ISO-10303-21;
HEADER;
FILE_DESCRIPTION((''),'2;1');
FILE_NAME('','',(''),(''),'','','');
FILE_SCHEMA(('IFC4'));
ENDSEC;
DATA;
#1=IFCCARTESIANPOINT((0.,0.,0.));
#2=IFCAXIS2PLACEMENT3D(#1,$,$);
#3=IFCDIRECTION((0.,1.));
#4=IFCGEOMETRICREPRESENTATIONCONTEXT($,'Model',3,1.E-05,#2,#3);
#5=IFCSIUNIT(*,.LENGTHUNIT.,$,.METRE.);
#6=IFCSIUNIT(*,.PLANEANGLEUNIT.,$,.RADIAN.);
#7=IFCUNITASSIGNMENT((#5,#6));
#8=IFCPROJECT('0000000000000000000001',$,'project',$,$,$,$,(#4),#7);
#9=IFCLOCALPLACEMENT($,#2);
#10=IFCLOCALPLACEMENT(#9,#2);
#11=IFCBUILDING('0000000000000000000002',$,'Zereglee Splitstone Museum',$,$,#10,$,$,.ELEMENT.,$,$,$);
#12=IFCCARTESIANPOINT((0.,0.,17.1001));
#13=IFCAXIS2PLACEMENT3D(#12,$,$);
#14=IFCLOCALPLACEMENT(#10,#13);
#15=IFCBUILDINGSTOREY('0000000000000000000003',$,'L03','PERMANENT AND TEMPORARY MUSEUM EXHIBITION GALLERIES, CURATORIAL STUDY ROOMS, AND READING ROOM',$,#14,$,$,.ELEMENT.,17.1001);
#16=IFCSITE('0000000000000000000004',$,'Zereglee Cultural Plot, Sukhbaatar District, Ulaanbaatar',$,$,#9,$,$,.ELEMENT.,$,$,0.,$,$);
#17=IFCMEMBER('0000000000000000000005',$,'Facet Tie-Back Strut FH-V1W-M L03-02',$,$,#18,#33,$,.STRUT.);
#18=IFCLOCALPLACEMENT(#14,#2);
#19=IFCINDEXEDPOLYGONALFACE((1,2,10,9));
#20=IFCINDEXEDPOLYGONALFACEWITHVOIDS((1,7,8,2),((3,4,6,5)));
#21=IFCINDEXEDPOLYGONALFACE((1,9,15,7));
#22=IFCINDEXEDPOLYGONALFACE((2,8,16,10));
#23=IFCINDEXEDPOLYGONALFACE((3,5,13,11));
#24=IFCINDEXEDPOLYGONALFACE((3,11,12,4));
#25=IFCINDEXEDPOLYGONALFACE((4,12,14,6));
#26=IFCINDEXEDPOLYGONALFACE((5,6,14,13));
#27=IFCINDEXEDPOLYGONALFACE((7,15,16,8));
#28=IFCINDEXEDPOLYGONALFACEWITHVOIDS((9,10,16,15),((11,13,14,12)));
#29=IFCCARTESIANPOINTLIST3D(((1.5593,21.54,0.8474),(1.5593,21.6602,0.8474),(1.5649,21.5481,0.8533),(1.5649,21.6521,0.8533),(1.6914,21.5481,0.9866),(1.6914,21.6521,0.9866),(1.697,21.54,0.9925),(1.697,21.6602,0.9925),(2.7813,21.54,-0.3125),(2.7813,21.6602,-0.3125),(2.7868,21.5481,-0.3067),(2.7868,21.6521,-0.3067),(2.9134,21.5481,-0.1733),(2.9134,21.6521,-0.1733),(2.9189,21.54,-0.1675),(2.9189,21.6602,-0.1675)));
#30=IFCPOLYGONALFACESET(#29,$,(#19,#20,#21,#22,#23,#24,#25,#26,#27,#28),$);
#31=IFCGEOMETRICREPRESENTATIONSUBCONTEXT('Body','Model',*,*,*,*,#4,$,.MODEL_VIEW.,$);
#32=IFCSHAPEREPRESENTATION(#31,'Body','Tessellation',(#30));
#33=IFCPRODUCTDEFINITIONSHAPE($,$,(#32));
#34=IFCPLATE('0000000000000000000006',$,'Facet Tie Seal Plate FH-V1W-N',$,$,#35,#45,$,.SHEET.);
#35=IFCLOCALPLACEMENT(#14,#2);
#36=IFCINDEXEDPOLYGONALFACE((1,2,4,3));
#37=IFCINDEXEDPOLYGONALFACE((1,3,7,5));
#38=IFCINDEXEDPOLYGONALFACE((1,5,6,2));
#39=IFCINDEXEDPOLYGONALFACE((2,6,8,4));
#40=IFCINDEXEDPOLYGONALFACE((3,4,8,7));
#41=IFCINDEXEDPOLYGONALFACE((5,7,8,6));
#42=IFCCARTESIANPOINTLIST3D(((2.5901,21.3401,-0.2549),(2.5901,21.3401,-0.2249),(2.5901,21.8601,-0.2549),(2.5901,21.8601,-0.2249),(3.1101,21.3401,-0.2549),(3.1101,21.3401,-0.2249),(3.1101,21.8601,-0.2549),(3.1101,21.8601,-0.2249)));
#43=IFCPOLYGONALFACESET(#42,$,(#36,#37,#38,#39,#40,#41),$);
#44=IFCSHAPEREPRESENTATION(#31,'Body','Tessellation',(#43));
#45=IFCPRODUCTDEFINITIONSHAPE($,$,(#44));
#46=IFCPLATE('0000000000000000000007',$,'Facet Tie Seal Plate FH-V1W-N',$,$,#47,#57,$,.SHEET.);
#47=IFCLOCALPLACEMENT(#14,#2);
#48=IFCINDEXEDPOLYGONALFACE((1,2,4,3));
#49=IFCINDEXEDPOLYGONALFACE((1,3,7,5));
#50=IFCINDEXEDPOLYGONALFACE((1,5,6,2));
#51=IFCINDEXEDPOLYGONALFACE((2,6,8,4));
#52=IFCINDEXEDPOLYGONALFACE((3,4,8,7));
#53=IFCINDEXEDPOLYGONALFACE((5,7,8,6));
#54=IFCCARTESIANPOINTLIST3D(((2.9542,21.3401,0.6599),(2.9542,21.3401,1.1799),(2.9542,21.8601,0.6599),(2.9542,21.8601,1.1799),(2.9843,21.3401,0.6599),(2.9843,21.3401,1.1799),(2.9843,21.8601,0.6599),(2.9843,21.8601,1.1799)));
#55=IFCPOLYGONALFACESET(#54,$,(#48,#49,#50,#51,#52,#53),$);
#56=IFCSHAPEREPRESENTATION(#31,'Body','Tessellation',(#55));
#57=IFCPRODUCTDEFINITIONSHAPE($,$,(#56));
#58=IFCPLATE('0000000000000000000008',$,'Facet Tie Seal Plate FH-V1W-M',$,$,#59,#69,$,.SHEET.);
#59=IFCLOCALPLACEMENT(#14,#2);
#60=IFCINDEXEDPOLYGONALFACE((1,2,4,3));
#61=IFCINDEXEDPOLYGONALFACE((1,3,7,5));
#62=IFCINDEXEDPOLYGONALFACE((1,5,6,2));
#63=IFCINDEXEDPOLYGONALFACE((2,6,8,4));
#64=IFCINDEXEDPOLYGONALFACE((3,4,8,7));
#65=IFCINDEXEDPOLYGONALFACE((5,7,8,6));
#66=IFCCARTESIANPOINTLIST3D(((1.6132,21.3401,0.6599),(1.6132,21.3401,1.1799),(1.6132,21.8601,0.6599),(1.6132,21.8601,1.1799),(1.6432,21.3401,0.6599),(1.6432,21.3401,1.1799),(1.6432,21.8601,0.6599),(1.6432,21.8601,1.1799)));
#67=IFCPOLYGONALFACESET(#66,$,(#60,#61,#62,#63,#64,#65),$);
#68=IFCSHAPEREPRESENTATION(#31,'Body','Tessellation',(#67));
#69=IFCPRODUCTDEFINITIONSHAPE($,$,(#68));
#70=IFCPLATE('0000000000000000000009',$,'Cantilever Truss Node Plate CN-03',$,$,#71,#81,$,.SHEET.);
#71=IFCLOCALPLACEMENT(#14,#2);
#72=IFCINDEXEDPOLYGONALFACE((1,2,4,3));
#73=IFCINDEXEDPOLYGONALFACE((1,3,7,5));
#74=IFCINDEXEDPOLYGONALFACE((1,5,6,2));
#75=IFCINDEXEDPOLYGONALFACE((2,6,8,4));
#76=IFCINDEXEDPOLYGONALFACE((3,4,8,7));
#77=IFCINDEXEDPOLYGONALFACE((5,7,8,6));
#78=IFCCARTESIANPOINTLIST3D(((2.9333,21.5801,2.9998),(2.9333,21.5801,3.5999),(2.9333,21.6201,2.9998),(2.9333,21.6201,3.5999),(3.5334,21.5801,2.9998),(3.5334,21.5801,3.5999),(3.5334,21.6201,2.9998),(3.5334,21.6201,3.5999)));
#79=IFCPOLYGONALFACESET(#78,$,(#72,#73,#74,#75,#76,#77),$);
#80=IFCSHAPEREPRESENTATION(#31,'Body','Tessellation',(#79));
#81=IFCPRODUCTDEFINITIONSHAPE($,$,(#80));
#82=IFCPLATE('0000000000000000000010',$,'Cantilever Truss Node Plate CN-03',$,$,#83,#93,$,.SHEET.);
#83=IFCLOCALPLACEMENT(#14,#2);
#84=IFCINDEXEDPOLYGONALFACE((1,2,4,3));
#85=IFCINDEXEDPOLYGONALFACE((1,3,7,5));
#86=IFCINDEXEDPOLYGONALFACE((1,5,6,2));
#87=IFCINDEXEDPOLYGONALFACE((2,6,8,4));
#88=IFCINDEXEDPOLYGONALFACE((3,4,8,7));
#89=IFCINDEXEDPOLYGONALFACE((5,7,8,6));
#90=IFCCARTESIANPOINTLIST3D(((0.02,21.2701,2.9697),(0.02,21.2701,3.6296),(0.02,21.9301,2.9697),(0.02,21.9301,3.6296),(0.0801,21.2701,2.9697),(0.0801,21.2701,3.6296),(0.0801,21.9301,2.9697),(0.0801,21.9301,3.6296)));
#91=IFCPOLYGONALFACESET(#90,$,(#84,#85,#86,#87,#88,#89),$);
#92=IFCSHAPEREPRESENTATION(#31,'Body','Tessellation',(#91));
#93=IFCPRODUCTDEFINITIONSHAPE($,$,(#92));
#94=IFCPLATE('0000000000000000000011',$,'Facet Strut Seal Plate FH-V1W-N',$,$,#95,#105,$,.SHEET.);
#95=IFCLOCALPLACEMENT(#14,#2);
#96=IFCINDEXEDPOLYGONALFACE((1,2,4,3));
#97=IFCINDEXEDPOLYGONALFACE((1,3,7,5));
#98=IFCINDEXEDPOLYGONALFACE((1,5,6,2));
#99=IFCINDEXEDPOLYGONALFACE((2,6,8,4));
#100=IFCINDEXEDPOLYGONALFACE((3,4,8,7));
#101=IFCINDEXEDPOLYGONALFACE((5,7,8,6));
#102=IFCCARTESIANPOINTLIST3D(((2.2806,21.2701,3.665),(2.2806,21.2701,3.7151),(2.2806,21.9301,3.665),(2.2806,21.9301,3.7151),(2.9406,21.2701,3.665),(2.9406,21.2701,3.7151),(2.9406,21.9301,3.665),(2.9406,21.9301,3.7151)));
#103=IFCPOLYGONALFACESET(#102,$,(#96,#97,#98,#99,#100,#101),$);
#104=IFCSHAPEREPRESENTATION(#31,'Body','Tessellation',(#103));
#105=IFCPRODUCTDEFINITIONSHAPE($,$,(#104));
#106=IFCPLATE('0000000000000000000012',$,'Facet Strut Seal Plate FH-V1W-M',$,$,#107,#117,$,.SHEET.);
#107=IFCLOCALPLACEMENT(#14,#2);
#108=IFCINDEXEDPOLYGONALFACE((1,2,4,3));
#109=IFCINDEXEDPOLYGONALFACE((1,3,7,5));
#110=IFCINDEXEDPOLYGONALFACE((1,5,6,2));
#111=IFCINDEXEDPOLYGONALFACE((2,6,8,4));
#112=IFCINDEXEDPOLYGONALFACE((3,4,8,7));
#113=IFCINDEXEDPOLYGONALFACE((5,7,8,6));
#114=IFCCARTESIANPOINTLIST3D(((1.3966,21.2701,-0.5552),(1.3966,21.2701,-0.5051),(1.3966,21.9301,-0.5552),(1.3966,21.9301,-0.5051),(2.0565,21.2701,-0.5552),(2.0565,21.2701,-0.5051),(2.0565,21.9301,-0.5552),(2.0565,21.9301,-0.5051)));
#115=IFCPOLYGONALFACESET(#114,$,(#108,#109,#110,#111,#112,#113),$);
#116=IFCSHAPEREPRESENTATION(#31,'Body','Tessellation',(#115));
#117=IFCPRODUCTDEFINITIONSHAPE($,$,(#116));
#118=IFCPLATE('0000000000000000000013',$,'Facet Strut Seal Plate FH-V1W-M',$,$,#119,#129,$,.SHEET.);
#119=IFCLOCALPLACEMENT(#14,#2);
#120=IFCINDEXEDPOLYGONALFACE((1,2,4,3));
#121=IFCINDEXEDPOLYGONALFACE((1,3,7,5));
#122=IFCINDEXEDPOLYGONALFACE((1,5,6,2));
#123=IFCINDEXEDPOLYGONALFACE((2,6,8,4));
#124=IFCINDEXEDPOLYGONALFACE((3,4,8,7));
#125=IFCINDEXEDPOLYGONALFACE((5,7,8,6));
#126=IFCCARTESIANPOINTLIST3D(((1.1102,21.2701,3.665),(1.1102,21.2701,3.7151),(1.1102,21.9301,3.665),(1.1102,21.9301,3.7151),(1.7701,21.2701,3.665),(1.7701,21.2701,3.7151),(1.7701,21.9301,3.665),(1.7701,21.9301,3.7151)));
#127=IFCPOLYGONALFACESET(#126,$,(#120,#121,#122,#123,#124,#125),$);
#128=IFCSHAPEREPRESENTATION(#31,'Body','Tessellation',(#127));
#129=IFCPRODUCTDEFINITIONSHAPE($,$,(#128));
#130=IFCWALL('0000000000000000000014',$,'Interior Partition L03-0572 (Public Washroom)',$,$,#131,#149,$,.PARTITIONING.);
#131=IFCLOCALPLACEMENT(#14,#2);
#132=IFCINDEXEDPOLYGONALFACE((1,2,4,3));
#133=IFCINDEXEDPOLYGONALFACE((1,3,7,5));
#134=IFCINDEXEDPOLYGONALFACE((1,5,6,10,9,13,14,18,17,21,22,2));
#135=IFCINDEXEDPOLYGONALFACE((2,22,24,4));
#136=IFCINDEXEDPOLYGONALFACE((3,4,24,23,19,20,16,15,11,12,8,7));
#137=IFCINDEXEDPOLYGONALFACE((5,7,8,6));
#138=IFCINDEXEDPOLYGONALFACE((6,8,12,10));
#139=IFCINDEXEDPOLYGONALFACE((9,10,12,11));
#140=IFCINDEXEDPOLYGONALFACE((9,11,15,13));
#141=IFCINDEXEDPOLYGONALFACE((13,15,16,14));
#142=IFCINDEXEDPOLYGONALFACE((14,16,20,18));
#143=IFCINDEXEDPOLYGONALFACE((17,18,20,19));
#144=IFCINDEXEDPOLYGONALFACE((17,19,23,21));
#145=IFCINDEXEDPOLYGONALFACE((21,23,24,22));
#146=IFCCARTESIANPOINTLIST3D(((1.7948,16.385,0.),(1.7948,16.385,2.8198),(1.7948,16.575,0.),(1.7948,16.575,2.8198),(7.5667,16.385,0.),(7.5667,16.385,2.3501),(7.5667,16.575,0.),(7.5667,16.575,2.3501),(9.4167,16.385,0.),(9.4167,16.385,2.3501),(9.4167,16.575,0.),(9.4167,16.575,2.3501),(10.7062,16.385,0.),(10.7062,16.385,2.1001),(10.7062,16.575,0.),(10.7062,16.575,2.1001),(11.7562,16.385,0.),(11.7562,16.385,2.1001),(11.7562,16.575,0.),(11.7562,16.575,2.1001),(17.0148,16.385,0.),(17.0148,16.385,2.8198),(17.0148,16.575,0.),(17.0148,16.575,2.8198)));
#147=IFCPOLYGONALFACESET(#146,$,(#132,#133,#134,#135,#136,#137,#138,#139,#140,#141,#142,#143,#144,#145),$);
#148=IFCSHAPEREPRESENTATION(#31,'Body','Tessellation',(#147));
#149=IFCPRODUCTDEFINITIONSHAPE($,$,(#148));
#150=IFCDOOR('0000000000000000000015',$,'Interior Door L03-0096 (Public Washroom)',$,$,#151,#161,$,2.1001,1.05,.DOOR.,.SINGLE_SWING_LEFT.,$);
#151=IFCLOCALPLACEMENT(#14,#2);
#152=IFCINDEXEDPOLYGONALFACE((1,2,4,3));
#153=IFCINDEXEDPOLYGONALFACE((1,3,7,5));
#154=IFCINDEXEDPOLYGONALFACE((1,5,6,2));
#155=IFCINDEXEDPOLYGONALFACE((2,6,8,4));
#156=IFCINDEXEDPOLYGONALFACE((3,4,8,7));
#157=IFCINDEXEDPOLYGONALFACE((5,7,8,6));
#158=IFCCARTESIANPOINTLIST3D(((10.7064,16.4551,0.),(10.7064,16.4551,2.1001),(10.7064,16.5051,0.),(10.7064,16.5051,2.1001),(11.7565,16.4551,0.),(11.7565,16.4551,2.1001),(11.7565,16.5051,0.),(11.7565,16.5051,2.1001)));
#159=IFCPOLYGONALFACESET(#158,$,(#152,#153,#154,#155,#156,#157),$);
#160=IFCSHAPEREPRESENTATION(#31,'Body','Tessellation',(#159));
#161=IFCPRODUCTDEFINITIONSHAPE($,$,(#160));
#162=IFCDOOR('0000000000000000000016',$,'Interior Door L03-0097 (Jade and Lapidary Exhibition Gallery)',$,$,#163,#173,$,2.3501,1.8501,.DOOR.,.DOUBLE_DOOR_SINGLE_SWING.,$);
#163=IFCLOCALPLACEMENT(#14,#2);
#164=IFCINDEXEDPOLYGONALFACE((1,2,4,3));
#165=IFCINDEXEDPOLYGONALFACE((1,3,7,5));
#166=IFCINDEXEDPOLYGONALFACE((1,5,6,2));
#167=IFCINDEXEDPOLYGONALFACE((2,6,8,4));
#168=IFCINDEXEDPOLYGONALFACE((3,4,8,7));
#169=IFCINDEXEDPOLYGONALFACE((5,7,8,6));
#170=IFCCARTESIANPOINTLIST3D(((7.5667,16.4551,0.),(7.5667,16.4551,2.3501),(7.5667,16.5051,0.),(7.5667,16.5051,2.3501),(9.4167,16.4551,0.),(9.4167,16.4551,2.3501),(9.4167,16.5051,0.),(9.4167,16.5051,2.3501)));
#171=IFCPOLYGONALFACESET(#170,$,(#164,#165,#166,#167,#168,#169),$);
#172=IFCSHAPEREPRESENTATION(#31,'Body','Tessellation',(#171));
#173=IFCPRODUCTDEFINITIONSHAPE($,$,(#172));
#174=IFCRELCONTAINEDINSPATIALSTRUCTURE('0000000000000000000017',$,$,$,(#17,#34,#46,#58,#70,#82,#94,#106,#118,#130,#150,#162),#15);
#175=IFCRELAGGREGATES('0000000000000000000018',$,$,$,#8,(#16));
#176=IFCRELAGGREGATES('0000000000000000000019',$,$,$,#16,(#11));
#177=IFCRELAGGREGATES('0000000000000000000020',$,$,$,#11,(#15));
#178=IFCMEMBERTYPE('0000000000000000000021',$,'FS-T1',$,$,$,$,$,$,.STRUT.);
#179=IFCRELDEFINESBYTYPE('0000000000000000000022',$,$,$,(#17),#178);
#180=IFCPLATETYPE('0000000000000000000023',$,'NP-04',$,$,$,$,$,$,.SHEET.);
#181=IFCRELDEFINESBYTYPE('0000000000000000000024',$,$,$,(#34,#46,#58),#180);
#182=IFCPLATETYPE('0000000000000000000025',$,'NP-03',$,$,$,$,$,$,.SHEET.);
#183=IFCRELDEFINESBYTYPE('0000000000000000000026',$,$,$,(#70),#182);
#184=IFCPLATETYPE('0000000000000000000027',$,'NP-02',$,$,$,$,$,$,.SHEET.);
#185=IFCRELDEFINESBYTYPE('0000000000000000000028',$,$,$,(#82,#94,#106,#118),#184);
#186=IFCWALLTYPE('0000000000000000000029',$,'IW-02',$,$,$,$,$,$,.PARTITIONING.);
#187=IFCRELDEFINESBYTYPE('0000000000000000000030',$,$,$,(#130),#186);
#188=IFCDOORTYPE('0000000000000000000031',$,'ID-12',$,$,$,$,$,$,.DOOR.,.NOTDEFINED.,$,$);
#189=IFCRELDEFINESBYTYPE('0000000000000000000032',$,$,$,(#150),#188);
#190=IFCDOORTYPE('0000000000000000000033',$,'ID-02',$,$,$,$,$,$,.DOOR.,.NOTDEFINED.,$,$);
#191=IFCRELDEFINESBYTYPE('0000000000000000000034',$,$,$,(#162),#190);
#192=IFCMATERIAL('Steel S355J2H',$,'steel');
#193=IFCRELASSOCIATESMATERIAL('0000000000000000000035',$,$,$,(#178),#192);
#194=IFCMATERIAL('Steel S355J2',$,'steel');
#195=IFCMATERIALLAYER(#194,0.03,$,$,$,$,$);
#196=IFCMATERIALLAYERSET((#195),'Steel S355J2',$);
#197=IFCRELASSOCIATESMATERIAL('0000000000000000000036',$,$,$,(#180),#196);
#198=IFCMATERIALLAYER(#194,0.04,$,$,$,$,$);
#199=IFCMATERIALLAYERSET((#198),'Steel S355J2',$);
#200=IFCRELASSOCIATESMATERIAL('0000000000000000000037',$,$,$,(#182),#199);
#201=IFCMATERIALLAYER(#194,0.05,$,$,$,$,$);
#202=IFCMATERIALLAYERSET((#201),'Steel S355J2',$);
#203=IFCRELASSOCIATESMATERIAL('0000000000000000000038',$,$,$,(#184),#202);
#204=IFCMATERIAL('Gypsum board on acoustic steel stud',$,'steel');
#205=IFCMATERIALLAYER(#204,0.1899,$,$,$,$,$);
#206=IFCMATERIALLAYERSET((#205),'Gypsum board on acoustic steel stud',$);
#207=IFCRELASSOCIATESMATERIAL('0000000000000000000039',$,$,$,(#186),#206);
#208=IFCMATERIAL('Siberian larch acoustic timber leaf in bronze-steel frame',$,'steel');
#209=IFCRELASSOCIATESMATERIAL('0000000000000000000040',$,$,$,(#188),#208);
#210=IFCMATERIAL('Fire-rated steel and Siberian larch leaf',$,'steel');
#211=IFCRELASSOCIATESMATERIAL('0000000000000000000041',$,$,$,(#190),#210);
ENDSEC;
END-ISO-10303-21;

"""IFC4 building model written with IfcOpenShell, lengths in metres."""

from ifc_helpers import new_model, si_unit, direction, frame, frame_2d, origin, origin_2d, place, context, subcontext, project, spatial, rectangle, hollow_rectangle, extrude, material, layer, layer_set, material_profile, profile_set, type_object, element, fill, save


model = new_model("IFC4")

# Units and contexts
model_context = context("Model", 3, precision=1e-05, world=origin(), true_north=direction((0.0, 1.0)))
body_context = subcontext(model_context, "Body", "Model", "MODEL_VIEW")
ifc_project = project(units=[si_unit("LENGTHUNIT", "METRE"), si_unit("PLANEANGLEUNIT", "RADIAN")], contexts=[model_context])

# Site, building, storey
site_placement = place(None, origin())
site = spatial("IfcSite", under=ifc_project, at=site_placement, Name="Zereglee Cultural Plot, Sukhbaatar District, Ulaanbaatar", CompositionType="ELEMENT", RefElevation=0.0)
building_placement = place(site_placement, origin())
building = spatial("IfcBuilding", under=site, at=building_placement, Name="Zereglee Splitstone Museum", CompositionType="ELEMENT")
storey_placement = place(building_placement, frame((0.0, 0.0, 17.1001)))
storey = spatial("IfcBuildingStorey", under=building, at=storey_placement, Name="L03", Description="PERMANENT AND TEMPORARY MUSEUM EXHIBITION GALLERIES, CURATORIAL STUDY ROOMS, AND READING ROOM", CompositionType="ELEMENT", Elevation=17.1001)

# Shared definitions
ifc_material_1 = material(Name="Steel S355J2H", Category="steel")
ifc_material_2 = material(Name="Steel S355J2", Category="steel")

# Member
ifc_material_profile_1 = material_profile(ifc_material_1, hollow_rectangle(XDim=0.1201, YDim=0.2, WallThickness=0.0081, at=origin_2d()), Name="RHS 200x120x8")
ifc_profile_set_1 = profile_set([ifc_material_profile_1], Name="Steel S355J2H")
member_type_1 = type_object("IfcMemberType", Name="FS-T1", PredefinedType="STRUT", material=ifc_profile_set_1)
member_1_placement = place(storey_placement, frame((2.8501, 21.6001, -0.24), z_axis=(-0.725271, 0.0, 0.688464), x_axis=(0.0, -1.0, 0.0)))
element("IfcMember", 1, at=member_1_placement, inside=storey, type_object=member_type_1, Name="Facet Tie-Back Strut FH-V1W-M L03-02", PredefinedType="STRUT", context=body_context, shape_type="SweptSolid", body=[
    extrude(hollow_rectangle(XDim=0.1201, YDim=0.2, WallThickness=0.0081, at=origin_2d()), origin(), (0.0, 0.0, 1.0), 1.6848),
])

# Plates
ifc_layer_1 = layer(ifc_material_2, 0.03)
ifc_layer_set_1 = layer_set([ifc_layer_1], Name="Steel S355J2")
plate_type_1 = type_object("IfcPlateType", Name="NP-04", PredefinedType="SHEET", material=ifc_layer_set_1)
plate_1_placement = place(storey_placement, frame((2.8501, 21.6001, -0.2549), z_axis=(0.0, 0.0, 1.0), x_axis=(1.0, 0.0, 0.0)))
element("IfcPlate", 2, at=plate_1_placement, inside=storey, type_object=plate_type_1, Name="Facet Tie Seal Plate FH-V1W-N", PredefinedType="SHEET", context=body_context, shape_type="SweptSolid", body=[
    extrude(rectangle(XDim=0.52, YDim=0.52, at=origin_2d()), origin(), (0.0, 0.0, 1.0), 0.03),
])
for number, where, z_axis, x_axis, name in (
    (3, (2.9692, 21.6001, 0.6599), (0.0, 0.0, 1.0), (1.0, 0.0, 0.0), "Facet Tie Seal Plate FH-V1W-N"),
    (4, (1.6282, 21.6001, 0.6599), (0.0, 0.0, 1.0), (1.0, 0.0, 0.0), "Facet Tie Seal Plate FH-V1W-M"),
):
    element("IfcPlate", number, at=place(storey_placement, frame(where, z_axis=z_axis, x_axis=x_axis)), inside=storey, type_object=plate_type_1, Name=name, PredefinedType="SHEET", context=body_context, shape_type="SweptSolid", body=[
        extrude(rectangle(XDim=0.03, YDim=0.52, at=origin_2d()), origin(), (0.0, 0.0, 1.0), 0.52),
    ])
ifc_layer_2 = layer(ifc_material_2, 0.04)
ifc_layer_set_2 = layer_set([ifc_layer_2], Name="Steel S355J2")
plate_type_2 = type_object("IfcPlateType", Name="NP-03", PredefinedType="SHEET", material=ifc_layer_set_2)
plate_2_placement = place(storey_placement, frame((3.2334, 21.6001, 2.9998), z_axis=(0.0, 0.0, 1.0), x_axis=(1.0, 0.0, 0.0)))
element("IfcPlate", 5, at=plate_2_placement, inside=storey, type_object=plate_type_2, Name="Cantilever Truss Node Plate CN-03", PredefinedType="SHEET", context=body_context, shape_type="SweptSolid", body=[
    extrude(rectangle(XDim=0.6001, YDim=0.04, at=origin_2d()), origin(), (0.0, 0.0, 1.0), 0.6001),
])
ifc_layer_3 = layer(ifc_material_2, 0.05)
ifc_layer_set_3 = layer_set([ifc_layer_3], Name="Steel S355J2")
plate_type_3 = type_object("IfcPlateType", Name="NP-02", PredefinedType="SHEET", material=ifc_layer_set_3)
plate_3_placement = place(storey_placement, frame((0.05, 21.6001, 2.9697), z_axis=(0.0, 0.0, 1.0), x_axis=(1.0, 0.0, 0.0)))
element("IfcPlate", 6, at=plate_3_placement, inside=storey, type_object=plate_type_3, Name="Cantilever Truss Node Plate CN-03", PredefinedType="SHEET", context=body_context, shape_type="SweptSolid", body=[
    extrude(rectangle(XDim=0.0601, YDim=0.6599, at=origin_2d()), origin(), (0.0, 0.0, 1.0), 0.6599),
])
for number, where, z_axis, x_axis, name in (
    (7, (2.6106, 21.6001, 3.665), (0.0, 0.0, 1.0), (1.0, 0.0, 0.0), "Facet Strut Seal Plate FH-V1W-N"),
    (8, (1.7266, 21.6001, -0.5552), (0.0, 0.0, 1.0), (1.0, 0.0, 0.0), "Facet Strut Seal Plate FH-V1W-M"),
    (9, (1.4402, 21.6001, 3.665), (0.0, 0.0, 1.0), (1.0, 0.0, 0.0), "Facet Strut Seal Plate FH-V1W-M"),
):
    element("IfcPlate", number, at=place(storey_placement, frame(where, z_axis=z_axis, x_axis=x_axis)), inside=storey, type_object=plate_type_3, Name=name, PredefinedType="SHEET", context=body_context, shape_type="SweptSolid", body=[
        extrude(rectangle(XDim=0.6599, YDim=0.6599, at=origin_2d()), origin(), (0.0, 0.0, 1.0), 0.05),
    ])

# Wall, openings, doors
ifc_material_3 = material(Name="Gypsum board on acoustic steel stud", Category="steel")
ifc_layer_4 = layer(ifc_material_3, 0.1899)
ifc_layer_set_4 = layer_set([ifc_layer_4], Name="Gypsum board on acoustic steel stud")
wall_type = type_object("IfcWallType", Name="IW-02", PredefinedType="PARTITIONING", material=ifc_layer_set_4)
wall_1_placement = place(storey_placement, frame((1.7949, 16.48, 0.0), z_axis=(0.0, 0.0, 1.0), x_axis=(1.0, 0.0, 0.0)))
wall_1 = element("IfcWall", 10, at=wall_1_placement, inside=storey, type_object=wall_type, Name="Interior Partition L03-0572 (Public Washroom)", PredefinedType="PARTITIONING", context=body_context, shape_type="SweptSolid", body=[
    extrude(rectangle(XDim=15.22, YDim=0.1899, at=frame_2d((7.6099, 0.0))), origin(), (0.0, 0.0, 1.0), 2.8198),
])
opening_1_placement = place(wall_1_placement, frame((8.9114, 0.0, 0.0)))
opening_1 = element("IfcOpeningElement", 11, at=opening_1_placement, cuts=wall_1, PredefinedType="OPENING", context=body_context, shape_type="SweptSolid", body=[
    extrude(rectangle(XDim=1.05, YDim=2.1001, at=frame_2d((0.5249, 1.05))), frame((0.0, 0.1099, 0.0), z_axis=(0.0, -1.0, 0.0), x_axis=(1.0, 0.0, 0.0)), (0.0, 0.0, 1.0), 0.2197),
])
opening_2_placement = place(wall_1_placement, frame((5.7717, 0.0, 0.0)))
opening_2 = element("IfcOpeningElement", 12, at=opening_2_placement, cuts=wall_1, PredefinedType="OPENING", context=body_context, shape_type="SweptSolid", body=[
    extrude(rectangle(XDim=1.8501, YDim=2.3501, at=frame_2d((0.925, 1.175))), frame((0.0, 0.1099, 0.0), z_axis=(0.0, -1.0, 0.0), x_axis=(1.0, 0.0, 0.0)), (0.0, 0.0, 1.0), 0.2197),
])
ifc_material_4 = material(Name="Siberian larch acoustic timber leaf in bronze-steel frame", Category="steel")
door_type_1 = type_object("IfcDoorType", Name="ID-12", OperationType="NOTDEFINED", PredefinedType="DOOR", material=ifc_material_4)
door_1_placement = place(opening_1_placement, frame((1.05, 0.0, 0.0), z_axis=(0.0, 0.0, 1.0), x_axis=(-1.0, 0.0, 0.0)))
door_1 = element("IfcDoor", 13, at=door_1_placement, inside=storey, type_object=door_type_1, Name="Interior Door L03-0096 (Public Washroom)", OperationType="SINGLE_SWING_LEFT", OverallHeight=2.1001, OverallWidth=1.05, PredefinedType="DOOR", context=body_context, shape_type="SweptSolid", body=[
    extrude(rectangle(XDim=1.05, YDim=2.1001, at=frame_2d((0.5249, 1.05))), frame((0.0, 0.0249, 0.0), z_axis=(0.0, -1.0, 0.0), x_axis=(1.0, 0.0, 0.0)), (0.0, 0.0, 1.0), 0.05),
])
fill(opening_1, door_1)
ifc_material_5 = material(Name="Fire-rated steel and Siberian larch leaf", Category="steel")
door_type_2 = type_object("IfcDoorType", Name="ID-02", OperationType="NOTDEFINED", PredefinedType="DOOR", material=ifc_material_5)
door_2_placement = place(opening_2_placement, frame((1.8501, 0.0, 0.0), z_axis=(0.0, 0.0, 1.0), x_axis=(-1.0, 0.0, 0.0)))
door_2 = element("IfcDoor", 14, at=door_2_placement, inside=storey, type_object=door_type_2, Name="Interior Door L03-0097 (Jade and Lapidary Exhibition Gallery)", OperationType="DOUBLE_DOOR_SINGLE_SWING", OverallHeight=2.3501, OverallWidth=1.8501, PredefinedType="DOOR", context=body_context, shape_type="SweptSolid", body=[
    extrude(rectangle(XDim=1.8501, YDim=2.3501, at=frame_2d((0.925, 1.175))), frame((0.0, 0.0249, 0.0), z_axis=(0.0, -1.0, 0.0), x_axis=(1.0, 0.0, 0.0)), (0.0, 0.0, 1.0), 0.05),
])
fill(opening_2, door_2)

save(model, "model.ifc")
